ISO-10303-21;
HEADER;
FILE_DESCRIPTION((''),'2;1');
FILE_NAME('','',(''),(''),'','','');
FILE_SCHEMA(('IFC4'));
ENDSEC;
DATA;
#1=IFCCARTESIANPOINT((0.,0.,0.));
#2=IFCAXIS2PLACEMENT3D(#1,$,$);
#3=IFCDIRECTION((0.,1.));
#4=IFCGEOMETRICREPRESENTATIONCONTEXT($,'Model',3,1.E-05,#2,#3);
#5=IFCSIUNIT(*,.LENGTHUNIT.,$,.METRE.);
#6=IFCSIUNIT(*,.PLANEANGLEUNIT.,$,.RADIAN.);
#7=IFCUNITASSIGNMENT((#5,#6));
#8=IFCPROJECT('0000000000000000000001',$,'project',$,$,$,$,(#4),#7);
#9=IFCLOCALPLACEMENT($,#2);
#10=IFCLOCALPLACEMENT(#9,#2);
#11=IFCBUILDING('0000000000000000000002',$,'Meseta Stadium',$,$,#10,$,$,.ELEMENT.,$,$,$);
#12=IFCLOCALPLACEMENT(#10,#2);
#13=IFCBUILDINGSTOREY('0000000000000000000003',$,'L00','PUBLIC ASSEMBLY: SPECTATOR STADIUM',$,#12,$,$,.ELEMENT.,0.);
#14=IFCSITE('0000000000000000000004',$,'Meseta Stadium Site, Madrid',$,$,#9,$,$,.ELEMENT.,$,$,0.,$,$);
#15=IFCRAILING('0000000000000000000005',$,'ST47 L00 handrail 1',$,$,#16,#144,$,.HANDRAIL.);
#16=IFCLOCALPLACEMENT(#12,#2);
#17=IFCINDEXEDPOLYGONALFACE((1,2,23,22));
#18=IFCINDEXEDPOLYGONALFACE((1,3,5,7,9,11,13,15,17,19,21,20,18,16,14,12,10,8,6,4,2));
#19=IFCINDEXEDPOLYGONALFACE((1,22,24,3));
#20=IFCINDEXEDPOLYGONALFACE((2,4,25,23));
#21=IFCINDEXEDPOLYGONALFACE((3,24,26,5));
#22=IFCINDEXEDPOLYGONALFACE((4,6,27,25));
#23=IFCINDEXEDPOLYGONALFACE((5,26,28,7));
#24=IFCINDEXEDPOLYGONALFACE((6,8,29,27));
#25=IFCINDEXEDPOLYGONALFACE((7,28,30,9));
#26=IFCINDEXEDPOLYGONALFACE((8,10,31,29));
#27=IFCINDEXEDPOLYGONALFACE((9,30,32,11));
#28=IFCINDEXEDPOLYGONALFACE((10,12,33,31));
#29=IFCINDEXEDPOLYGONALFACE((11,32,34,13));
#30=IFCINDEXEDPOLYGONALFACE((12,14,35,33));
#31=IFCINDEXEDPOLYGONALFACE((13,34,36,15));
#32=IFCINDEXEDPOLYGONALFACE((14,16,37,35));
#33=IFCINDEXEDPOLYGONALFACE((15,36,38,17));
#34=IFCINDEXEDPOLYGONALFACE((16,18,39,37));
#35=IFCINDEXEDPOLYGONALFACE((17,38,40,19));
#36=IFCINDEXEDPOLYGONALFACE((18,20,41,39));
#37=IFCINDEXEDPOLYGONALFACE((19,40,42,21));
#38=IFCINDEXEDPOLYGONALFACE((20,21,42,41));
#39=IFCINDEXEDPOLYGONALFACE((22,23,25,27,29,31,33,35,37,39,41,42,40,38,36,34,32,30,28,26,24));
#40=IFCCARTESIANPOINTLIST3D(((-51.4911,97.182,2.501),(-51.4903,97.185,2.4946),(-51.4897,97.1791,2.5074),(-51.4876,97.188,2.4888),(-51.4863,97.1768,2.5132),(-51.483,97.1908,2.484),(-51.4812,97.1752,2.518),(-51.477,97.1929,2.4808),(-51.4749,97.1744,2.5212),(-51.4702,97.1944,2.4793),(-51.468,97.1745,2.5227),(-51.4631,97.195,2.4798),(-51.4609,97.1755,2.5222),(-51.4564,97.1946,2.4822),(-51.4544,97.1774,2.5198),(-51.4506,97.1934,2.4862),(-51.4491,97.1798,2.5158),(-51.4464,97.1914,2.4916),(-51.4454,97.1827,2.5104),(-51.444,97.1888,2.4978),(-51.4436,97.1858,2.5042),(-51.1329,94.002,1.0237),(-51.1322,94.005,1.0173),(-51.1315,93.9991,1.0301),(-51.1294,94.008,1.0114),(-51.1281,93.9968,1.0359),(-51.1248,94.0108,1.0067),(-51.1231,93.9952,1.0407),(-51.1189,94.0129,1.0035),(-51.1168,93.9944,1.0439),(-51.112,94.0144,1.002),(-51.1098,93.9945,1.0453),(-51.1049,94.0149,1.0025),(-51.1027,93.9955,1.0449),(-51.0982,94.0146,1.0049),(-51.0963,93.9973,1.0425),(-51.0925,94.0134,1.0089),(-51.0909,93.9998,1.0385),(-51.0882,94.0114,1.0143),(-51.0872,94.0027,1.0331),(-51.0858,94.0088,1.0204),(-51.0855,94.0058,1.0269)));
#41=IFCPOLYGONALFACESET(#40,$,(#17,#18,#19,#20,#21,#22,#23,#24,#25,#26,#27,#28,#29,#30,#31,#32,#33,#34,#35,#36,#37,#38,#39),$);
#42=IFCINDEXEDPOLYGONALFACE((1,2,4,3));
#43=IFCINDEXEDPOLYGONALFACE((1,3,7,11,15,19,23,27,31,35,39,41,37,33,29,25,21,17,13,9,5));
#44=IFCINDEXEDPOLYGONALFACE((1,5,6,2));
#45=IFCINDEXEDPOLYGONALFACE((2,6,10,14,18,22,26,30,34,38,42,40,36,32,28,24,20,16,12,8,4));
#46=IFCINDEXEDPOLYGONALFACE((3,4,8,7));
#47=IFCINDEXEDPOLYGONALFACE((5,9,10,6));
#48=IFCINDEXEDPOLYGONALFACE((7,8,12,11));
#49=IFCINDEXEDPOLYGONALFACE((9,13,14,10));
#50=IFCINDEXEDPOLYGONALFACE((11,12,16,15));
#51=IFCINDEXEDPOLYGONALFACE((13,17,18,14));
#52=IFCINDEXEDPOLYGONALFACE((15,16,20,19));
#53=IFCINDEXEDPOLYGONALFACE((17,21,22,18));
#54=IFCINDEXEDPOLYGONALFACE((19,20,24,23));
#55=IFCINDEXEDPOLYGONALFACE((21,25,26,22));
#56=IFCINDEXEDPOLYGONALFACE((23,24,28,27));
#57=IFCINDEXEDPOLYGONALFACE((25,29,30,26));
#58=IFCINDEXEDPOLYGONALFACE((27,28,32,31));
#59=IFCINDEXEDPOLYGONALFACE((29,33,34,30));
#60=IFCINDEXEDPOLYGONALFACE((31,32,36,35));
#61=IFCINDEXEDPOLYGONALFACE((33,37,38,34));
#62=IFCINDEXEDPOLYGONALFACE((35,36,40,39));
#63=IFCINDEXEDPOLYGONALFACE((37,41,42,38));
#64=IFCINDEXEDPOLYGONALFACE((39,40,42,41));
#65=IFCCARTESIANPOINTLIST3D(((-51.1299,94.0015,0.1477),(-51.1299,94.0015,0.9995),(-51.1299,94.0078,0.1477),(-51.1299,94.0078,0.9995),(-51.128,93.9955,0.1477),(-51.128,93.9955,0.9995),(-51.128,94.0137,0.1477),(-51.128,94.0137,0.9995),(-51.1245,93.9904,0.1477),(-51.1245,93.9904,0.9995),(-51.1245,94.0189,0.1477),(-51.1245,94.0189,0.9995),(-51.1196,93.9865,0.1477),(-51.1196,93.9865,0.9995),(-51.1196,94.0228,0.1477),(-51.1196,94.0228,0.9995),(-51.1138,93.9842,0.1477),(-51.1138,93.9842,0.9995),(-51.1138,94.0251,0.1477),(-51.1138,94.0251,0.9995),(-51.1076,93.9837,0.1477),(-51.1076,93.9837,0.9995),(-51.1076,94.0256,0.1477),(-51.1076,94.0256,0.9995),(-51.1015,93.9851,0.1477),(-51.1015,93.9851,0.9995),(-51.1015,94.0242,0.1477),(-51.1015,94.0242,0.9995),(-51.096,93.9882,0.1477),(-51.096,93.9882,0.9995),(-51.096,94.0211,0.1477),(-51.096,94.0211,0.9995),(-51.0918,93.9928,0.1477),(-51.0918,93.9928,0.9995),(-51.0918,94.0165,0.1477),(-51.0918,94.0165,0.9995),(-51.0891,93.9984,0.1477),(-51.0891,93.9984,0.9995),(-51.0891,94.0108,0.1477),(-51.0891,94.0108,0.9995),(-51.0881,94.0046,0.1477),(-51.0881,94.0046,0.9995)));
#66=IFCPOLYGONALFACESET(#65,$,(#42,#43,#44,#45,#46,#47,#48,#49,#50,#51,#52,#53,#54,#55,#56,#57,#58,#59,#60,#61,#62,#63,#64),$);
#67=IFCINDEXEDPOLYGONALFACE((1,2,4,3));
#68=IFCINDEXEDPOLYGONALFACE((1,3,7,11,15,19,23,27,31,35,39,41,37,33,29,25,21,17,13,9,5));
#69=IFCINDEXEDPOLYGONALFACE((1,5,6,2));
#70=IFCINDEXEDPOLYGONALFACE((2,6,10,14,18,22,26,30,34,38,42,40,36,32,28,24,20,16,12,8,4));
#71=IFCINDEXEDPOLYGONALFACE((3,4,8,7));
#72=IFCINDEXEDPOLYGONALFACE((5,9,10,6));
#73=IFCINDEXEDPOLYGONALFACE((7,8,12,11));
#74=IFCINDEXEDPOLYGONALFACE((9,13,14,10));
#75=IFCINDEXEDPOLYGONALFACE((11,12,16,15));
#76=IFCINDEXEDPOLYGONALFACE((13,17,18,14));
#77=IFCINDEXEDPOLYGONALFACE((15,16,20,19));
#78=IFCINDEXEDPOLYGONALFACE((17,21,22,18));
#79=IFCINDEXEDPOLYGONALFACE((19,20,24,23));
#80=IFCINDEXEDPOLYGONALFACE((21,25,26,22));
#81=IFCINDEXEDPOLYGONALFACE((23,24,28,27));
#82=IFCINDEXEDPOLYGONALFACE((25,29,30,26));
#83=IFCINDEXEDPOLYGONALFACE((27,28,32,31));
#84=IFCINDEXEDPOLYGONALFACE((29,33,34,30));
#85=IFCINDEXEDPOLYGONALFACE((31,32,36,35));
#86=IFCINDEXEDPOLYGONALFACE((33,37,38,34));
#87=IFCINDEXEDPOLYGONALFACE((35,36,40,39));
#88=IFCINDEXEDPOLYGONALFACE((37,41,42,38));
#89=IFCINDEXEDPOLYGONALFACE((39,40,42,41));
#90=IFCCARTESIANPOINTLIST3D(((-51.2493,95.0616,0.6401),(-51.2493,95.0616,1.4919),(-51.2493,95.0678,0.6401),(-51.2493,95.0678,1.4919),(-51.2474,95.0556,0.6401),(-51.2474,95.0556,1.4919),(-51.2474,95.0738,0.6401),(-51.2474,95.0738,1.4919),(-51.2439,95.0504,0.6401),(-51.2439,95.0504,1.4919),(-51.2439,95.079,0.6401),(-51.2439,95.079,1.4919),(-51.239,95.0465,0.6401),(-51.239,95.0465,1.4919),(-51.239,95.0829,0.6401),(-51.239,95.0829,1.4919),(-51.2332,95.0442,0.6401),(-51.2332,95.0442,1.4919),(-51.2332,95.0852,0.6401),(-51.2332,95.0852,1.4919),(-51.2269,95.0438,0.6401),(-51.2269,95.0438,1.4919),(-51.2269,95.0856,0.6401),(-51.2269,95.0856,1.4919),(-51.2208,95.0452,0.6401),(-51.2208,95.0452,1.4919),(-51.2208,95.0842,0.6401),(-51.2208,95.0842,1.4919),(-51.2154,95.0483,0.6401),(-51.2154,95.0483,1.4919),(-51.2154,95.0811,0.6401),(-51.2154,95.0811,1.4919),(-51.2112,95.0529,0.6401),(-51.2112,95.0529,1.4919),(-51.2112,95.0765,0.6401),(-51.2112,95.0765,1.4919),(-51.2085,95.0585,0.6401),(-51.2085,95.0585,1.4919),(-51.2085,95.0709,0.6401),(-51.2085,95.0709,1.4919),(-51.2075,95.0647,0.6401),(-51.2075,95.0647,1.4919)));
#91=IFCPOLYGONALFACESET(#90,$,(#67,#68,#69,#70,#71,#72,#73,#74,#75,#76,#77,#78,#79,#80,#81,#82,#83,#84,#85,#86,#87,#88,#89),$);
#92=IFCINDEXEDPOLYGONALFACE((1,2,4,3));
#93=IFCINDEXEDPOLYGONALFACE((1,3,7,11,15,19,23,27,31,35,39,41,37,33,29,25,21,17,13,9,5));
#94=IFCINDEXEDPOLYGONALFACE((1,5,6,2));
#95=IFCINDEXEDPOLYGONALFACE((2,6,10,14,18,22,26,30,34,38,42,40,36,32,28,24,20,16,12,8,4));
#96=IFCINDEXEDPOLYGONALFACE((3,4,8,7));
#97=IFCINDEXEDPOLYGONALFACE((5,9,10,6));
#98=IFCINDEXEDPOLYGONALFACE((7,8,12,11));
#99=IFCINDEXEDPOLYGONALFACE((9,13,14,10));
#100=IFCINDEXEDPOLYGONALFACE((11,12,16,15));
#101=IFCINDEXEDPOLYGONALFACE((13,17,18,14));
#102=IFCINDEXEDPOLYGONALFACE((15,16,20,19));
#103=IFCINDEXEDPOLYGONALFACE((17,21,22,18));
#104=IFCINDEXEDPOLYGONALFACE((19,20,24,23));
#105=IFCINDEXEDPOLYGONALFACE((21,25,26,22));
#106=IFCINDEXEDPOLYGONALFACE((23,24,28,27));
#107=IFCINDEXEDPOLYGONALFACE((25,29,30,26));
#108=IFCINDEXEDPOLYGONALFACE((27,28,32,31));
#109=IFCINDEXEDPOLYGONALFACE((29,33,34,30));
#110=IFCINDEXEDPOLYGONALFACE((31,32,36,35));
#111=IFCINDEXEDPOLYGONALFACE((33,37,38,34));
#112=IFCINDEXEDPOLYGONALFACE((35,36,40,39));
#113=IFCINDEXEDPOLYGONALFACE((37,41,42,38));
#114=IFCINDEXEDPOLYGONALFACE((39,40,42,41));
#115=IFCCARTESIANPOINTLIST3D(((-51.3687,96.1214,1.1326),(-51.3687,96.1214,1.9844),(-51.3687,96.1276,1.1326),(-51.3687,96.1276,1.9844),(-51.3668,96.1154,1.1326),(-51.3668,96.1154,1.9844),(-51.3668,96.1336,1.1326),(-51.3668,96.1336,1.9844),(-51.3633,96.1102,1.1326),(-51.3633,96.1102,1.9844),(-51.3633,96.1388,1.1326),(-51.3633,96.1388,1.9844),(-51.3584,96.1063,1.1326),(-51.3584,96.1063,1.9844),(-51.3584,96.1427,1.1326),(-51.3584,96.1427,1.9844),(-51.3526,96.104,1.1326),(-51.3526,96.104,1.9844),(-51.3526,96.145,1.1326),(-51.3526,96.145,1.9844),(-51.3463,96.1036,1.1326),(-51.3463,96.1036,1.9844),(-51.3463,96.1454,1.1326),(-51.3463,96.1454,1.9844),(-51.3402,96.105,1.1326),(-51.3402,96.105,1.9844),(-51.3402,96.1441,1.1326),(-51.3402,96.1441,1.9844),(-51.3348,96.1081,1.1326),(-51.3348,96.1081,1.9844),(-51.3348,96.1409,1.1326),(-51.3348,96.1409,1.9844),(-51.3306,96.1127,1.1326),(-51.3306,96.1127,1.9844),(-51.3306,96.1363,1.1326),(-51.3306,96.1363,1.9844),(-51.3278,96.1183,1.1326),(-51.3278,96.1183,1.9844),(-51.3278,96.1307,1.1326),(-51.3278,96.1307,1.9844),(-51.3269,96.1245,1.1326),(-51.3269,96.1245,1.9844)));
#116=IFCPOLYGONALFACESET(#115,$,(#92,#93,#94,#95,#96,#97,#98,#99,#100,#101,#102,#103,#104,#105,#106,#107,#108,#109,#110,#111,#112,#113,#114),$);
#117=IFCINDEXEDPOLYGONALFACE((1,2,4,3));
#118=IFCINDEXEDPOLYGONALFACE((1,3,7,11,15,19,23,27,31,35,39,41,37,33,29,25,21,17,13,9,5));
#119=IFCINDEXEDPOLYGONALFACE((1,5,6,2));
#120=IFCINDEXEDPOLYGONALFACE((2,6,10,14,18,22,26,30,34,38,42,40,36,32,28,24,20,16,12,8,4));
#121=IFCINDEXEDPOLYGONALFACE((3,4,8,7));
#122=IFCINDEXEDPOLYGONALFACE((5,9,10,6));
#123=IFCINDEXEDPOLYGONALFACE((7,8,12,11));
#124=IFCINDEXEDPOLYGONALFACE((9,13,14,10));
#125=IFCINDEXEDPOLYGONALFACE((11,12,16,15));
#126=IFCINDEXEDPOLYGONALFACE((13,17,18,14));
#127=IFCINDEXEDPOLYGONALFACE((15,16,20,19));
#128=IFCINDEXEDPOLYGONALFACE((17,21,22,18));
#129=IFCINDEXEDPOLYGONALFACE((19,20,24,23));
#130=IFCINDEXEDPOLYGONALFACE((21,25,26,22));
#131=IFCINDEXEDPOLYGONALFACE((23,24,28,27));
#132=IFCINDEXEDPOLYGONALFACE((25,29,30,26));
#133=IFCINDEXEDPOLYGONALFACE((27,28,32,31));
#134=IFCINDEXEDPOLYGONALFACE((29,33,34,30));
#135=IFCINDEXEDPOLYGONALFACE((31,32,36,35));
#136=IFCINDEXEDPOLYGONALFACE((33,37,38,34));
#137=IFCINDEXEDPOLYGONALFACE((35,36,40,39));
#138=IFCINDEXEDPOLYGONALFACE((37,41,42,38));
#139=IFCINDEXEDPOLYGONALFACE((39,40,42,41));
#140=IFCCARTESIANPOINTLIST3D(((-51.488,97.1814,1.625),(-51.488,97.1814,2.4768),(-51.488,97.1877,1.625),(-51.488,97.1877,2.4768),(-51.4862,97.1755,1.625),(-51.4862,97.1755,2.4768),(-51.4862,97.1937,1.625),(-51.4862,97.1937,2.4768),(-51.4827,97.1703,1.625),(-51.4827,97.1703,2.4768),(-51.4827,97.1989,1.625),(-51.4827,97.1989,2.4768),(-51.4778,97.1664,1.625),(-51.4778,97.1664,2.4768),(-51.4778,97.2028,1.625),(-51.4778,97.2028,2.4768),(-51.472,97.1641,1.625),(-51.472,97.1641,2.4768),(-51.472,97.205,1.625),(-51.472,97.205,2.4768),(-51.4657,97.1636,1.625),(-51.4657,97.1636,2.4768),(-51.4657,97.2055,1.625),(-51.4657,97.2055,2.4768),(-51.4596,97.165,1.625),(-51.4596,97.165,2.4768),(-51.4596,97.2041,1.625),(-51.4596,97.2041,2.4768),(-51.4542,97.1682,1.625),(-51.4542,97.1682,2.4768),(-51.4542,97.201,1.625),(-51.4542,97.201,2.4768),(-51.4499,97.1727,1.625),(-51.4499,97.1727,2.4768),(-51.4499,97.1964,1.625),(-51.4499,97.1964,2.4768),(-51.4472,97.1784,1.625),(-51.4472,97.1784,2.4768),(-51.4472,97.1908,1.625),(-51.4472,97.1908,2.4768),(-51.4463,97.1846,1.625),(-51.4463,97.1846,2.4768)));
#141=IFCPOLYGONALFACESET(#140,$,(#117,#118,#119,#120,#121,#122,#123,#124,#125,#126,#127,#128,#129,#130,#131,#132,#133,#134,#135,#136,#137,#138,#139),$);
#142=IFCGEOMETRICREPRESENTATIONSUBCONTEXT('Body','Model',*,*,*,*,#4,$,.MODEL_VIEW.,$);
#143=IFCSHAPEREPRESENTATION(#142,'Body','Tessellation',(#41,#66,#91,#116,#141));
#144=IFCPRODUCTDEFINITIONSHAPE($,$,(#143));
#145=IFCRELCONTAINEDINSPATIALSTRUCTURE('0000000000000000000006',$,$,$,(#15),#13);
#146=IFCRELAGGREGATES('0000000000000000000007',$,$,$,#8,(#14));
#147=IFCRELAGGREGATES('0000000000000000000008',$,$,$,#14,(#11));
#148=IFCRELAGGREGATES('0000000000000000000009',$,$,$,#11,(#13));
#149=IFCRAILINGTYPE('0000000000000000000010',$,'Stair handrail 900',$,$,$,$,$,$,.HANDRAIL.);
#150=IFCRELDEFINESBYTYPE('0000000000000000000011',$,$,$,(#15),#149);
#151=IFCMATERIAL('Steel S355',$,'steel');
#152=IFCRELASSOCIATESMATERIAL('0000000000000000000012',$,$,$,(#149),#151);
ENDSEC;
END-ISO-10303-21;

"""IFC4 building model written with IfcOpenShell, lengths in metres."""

from ifc_helpers import new_model, si_unit, direction, frame, origin, origin_2d, place, context, subcontext, project, spatial, circle, extrude, material, type_object, element, save


model = new_model("IFC4")

# Units and contexts
model_context = context("Model", 3, precision=1e-05, world=origin(), true_north=direction((0.0, 1.0)))
body_context = subcontext(model_context, "Body", "Model", "MODEL_VIEW")
ifc_project = project(units=[si_unit("LENGTHUNIT", "METRE"), si_unit("PLANEANGLEUNIT", "RADIAN")], contexts=[model_context])

# Site, building, storey
site_placement = place(None, origin())
site = spatial("IfcSite", under=ifc_project, at=site_placement, Name="Meseta Stadium Site, Madrid", CompositionType="ELEMENT", RefElevation=0.0)
building_placement = place(site_placement, origin())
building = spatial("IfcBuilding", under=site, at=building_placement, Name="Meseta Stadium", CompositionType="ELEMENT")
storey_placement = place(building_placement, origin())
storey = spatial("IfcBuildingStorey", under=building, at=storey_placement, Name="L00", Description="PUBLIC ASSEMBLY: SPECTATOR STADIUM", CompositionType="ELEMENT", Elevation=0.0)

# Railing
ifc_material_1 = material(Name="Steel S355", Category="steel")
railing_type_1 = type_object("IfcRailingType", Name="Stair handrail 900", PredefinedType="HANDRAIL", material=ifc_material_1)
for number, where, name in (
    (1, (-51.1091, 94.0046, 0.1477), "ST47 L00 handrail 1"),
):
    element("IfcRailing", number, at=place(storey_placement, frame(where)), inside=storey, type_object=railing_type_1, Name=name, PredefinedType="HANDRAIL", context=body_context, shape_type="SweptSolid", body=[
        extrude(circle(Radius=0.0239, at=origin_2d()), frame((0.0, 0.0, 0.876), z_axis=(-0.101616, 0.902217, 0.419141), x_axis=(-0.993717, -0.111922, 0.0)), (0.0, 0.0, 1.0), 3.5247),
        extrude(circle(Radius=0.021, at=origin_2d()), origin(), (0.0, 0.0, 1.0), 0.8518),
        extrude(circle(Radius=0.021, at=origin_2d()), frame((-0.1194, 1.0601, 0.4924)), (0.0, 0.0, 1.0), 0.8518),
        extrude(circle(Radius=0.021, at=origin_2d()), frame((-0.2388, 2.1199, 0.9849)), (0.0, 0.0, 1.0), 0.8518),
        extrude(circle(Radius=0.021, at=origin_2d()), frame((-0.3582, 3.1799, 1.4773)), (0.0, 0.0, 1.0), 0.8518),
    ])

save(model, "model.ifc")
